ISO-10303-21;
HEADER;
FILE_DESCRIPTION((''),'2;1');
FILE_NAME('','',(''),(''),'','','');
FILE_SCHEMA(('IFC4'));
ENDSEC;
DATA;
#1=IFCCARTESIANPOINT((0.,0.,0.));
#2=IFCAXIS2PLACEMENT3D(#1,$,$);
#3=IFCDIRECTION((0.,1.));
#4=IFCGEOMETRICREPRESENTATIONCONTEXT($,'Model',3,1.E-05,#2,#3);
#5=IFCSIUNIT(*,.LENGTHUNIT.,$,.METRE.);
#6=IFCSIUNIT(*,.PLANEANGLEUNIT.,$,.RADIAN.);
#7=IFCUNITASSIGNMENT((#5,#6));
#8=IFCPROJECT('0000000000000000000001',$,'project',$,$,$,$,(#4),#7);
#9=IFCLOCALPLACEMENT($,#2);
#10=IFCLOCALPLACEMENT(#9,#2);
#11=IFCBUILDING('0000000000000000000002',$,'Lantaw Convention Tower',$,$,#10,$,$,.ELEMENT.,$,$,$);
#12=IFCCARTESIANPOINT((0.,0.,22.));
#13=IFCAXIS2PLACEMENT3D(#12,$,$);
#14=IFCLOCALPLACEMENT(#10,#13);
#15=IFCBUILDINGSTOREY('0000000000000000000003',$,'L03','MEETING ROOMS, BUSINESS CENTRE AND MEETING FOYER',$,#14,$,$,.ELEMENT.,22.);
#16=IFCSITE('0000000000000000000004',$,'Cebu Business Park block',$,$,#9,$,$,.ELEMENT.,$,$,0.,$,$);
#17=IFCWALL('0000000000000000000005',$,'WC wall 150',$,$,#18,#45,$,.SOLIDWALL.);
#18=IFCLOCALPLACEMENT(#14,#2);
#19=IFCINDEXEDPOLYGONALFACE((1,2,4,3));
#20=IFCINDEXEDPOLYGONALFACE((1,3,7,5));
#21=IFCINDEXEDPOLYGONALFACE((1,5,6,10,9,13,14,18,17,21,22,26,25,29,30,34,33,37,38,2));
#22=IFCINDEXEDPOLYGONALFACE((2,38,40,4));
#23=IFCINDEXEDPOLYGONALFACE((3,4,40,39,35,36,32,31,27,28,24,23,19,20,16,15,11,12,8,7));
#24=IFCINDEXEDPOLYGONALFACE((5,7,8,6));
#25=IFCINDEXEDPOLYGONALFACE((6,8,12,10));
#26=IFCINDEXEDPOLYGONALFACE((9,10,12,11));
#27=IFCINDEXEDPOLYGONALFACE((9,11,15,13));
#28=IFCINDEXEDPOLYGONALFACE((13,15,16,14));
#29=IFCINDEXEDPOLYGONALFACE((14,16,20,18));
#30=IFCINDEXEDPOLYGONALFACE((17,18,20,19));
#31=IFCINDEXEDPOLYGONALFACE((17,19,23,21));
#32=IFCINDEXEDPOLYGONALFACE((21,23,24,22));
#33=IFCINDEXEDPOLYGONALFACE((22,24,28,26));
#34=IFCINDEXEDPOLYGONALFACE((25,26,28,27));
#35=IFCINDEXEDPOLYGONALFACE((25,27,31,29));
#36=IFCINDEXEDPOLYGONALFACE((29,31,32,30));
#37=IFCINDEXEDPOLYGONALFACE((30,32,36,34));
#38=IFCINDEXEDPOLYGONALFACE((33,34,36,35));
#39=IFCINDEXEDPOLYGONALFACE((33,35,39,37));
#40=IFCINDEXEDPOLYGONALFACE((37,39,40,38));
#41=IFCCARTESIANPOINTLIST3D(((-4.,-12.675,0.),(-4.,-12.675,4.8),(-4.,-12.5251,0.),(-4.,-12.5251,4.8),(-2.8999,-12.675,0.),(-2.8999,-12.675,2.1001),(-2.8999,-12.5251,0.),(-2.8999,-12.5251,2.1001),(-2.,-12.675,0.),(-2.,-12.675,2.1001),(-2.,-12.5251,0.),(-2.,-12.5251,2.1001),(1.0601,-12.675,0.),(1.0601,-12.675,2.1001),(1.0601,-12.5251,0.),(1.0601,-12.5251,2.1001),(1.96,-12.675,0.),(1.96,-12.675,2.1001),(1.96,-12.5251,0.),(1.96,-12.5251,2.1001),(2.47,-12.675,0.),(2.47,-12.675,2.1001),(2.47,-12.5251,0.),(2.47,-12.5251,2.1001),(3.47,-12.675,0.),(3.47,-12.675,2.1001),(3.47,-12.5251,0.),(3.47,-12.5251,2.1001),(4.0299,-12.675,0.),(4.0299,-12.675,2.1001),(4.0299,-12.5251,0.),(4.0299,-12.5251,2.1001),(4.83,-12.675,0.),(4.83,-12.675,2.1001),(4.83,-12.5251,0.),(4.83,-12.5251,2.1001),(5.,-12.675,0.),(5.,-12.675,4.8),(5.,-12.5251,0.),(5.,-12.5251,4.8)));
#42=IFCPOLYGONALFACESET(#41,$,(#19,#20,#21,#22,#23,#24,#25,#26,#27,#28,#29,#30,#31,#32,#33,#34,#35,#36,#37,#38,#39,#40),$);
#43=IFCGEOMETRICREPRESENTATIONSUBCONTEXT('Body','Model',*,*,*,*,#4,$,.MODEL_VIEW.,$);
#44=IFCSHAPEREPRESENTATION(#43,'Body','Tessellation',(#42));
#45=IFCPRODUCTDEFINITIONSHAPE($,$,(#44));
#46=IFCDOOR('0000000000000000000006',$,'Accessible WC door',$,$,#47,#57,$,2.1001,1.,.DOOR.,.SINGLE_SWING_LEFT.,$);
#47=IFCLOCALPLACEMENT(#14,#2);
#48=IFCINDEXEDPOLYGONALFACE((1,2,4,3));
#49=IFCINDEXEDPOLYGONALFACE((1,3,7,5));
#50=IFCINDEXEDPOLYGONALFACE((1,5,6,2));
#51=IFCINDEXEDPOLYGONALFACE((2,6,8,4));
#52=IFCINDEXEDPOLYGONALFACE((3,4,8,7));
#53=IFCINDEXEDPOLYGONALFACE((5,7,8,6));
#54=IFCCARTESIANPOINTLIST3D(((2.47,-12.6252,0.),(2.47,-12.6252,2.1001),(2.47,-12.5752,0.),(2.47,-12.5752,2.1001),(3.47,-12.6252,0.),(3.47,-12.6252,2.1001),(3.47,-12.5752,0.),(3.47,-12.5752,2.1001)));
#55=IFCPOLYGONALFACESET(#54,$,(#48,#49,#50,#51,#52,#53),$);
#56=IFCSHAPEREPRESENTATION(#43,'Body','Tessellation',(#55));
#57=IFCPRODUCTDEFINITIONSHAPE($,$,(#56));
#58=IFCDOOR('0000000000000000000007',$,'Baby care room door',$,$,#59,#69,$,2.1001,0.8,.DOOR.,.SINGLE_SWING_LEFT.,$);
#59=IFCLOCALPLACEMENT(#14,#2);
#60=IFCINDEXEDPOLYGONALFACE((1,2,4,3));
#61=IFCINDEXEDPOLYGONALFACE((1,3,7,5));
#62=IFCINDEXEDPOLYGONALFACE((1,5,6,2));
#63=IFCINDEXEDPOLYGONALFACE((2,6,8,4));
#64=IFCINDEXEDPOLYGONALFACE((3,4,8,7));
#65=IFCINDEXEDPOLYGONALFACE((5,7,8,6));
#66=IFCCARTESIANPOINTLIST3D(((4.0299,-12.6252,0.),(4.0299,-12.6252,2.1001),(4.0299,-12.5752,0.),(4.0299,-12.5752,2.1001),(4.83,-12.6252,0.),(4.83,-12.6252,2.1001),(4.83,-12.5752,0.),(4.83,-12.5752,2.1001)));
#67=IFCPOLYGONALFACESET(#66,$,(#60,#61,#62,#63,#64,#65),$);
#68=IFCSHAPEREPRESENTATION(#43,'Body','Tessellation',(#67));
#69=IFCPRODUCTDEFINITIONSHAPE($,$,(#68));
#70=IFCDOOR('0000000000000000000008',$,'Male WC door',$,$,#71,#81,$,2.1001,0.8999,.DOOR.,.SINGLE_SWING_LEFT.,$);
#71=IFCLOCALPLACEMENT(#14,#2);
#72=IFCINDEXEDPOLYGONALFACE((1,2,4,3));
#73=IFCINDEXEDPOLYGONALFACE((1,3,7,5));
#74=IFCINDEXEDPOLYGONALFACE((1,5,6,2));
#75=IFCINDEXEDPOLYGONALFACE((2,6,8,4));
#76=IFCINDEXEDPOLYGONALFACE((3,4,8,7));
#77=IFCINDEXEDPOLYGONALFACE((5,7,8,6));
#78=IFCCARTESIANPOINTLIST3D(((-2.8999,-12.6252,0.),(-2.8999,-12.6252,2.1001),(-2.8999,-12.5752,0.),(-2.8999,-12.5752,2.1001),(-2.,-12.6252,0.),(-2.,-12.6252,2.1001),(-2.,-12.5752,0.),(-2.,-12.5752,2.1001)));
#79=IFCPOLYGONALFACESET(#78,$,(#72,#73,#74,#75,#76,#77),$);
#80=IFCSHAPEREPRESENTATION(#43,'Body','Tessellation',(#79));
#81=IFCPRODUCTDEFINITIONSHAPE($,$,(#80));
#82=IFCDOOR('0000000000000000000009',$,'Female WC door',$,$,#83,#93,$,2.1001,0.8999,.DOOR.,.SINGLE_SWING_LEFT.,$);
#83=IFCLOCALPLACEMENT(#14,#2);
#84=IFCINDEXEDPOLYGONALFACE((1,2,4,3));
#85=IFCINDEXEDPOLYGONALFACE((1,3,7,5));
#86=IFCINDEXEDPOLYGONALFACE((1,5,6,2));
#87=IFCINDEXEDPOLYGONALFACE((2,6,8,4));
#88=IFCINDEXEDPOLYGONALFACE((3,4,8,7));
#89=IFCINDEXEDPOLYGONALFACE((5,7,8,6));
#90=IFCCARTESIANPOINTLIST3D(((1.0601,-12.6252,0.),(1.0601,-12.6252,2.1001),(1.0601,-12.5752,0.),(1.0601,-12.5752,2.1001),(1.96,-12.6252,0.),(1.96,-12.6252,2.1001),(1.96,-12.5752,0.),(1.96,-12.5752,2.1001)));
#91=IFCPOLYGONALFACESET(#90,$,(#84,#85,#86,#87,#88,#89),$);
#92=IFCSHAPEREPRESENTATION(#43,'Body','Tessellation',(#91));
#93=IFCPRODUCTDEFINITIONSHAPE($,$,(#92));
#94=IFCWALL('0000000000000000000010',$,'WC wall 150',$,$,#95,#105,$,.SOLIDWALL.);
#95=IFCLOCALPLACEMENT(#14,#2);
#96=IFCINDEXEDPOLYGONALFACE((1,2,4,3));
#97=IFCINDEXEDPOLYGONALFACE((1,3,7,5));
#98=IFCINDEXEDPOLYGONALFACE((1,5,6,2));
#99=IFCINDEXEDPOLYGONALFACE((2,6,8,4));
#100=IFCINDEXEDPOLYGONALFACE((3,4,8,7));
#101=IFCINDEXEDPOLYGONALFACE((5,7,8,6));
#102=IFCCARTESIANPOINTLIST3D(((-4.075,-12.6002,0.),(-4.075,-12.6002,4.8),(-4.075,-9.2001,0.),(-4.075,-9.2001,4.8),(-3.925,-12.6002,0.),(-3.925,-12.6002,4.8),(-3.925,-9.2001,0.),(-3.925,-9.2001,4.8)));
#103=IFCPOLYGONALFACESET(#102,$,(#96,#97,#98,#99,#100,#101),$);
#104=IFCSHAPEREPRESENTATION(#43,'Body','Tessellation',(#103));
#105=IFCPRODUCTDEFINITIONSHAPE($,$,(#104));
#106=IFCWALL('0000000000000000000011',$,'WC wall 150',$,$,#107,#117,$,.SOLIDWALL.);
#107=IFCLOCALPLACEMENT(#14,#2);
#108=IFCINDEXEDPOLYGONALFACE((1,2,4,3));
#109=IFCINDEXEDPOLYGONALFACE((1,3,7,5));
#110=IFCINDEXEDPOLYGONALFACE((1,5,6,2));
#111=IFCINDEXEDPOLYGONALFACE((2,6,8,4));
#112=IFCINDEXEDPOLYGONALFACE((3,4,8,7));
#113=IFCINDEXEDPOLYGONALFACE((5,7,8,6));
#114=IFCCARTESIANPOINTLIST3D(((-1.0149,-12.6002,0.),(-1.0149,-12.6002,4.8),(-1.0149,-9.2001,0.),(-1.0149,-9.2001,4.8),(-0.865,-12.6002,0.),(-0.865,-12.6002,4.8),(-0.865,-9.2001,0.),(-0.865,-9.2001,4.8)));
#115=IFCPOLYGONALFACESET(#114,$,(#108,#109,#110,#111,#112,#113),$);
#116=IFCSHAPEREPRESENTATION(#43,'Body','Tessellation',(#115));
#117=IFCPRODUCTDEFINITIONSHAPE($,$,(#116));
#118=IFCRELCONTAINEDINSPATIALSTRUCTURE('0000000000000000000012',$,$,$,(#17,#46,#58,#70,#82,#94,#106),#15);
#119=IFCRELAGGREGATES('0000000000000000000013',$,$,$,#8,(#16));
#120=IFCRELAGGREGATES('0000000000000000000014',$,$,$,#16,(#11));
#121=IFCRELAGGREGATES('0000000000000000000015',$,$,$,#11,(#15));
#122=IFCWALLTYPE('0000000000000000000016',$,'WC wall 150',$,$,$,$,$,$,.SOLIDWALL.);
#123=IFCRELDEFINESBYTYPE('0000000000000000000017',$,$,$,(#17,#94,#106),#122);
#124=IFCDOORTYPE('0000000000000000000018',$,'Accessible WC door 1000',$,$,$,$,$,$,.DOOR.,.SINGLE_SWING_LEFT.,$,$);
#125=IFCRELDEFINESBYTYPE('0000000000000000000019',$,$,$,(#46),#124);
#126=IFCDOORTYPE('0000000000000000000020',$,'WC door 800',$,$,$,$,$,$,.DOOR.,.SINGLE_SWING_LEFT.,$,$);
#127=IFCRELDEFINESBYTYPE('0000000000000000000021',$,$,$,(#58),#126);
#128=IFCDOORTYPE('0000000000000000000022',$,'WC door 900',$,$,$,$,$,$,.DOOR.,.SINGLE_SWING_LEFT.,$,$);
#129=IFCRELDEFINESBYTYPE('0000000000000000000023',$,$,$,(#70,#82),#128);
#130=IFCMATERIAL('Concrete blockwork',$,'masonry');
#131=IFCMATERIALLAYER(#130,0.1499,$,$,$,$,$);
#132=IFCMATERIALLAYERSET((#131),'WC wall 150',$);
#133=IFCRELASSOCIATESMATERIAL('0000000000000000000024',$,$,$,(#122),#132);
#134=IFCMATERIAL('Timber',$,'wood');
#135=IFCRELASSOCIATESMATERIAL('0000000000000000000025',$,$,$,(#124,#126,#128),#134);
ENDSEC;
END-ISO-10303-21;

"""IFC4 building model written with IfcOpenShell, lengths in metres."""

from ifc_helpers import new_model, si_unit, direction, frame, frame_2d, origin, place, context, subcontext, project, spatial, rectangle, extrude, material, layer, layer_set, type_object, element, fill, save


model = new_model("IFC4")

# Units and contexts
model_context = context("Model", 3, precision=1e-05, world=origin(), true_north=direction((0.0, 1.0)))
body_context = subcontext(model_context, "Body", "Model", "MODEL_VIEW")
ifc_project = project(units=[si_unit("LENGTHUNIT", "METRE"), si_unit("PLANEANGLEUNIT", "RADIAN")], contexts=[model_context])

# Site, building, storey
site_placement = place(None, origin())
site = spatial("IfcSite", under=ifc_project, at=site_placement, Name="Cebu Business Park block", CompositionType="ELEMENT", RefElevation=0.0)
building_placement = place(site_placement, origin())
building = spatial("IfcBuilding", under=site, at=building_placement, Name="Lantaw Convention Tower", CompositionType="ELEMENT")
storey_placement = place(building_placement, frame((0.0, 0.0, 22.0)))
storey = spatial("IfcBuildingStorey", under=building, at=storey_placement, Name="L03", Description="MEETING ROOMS, BUSINESS CENTRE AND MEETING FOYER", CompositionType="ELEMENT", Elevation=22.0)

# Wall, openings, doors
ifc_material_1 = material(Name="Concrete blockwork", Category="masonry")
ifc_layer_1 = layer(ifc_material_1, 0.1499)
ifc_layer_set_1 = layer_set([ifc_layer_1], Name="WC wall 150")
wall_type_1 = type_object("IfcWallType", Name="WC wall 150", PredefinedType="SOLIDWALL", material=ifc_layer_set_1)
wall_1_placement = place(storey_placement, frame((-4.0, -12.6001, 0.0), z_axis=(0.0, 0.0, 1.0), x_axis=(1.0, 0.0, 0.0)))
wall_1 = element("IfcWall", 1, at=wall_1_placement, inside=storey, type_object=wall_type_1, Name="WC wall 150", PredefinedType="SOLIDWALL", context=body_context, shape_type="SweptSolid", body=[
    extrude(rectangle(XDim=9.0, YDim=0.1499, at=frame_2d((4.5, 0.0))), origin(), (0.0, 0.0, 1.0), 4.8),
])
opening_1_placement = place(wall_1_placement, frame((1.1001, 0.0, 0.0)))
opening_1 = element("IfcOpeningElement", 2, at=opening_1_placement, cuts=wall_1, PredefinedType="OPENING", context=body_context, shape_type="SweptSolid", body=[
    extrude(rectangle(XDim=0.8999, YDim=2.1001, at=frame_2d((0.45, 1.05))), frame((0.0, 0.085, 0.0), z_axis=(0.0, -1.0, 0.0), x_axis=(1.0, 0.0, 0.0)), (0.0, 0.0, 1.0), 0.1699),
])
opening_2_placement = place(wall_1_placement, frame((5.0601, 0.0, 0.0)))
opening_2 = element("IfcOpeningElement", 3, at=opening_2_placement, cuts=wall_1, PredefinedType="OPENING", context=body_context, shape_type="SweptSolid", body=[
    extrude(rectangle(XDim=0.8999, YDim=2.1001, at=frame_2d((0.45, 1.05))), frame((0.0, 0.085, 0.0), z_axis=(0.0, -1.0, 0.0), x_axis=(1.0, 0.0, 0.0)), (0.0, 0.0, 1.0), 0.1699),
])
opening_3_placement = place(wall_1_placement, frame((6.47, 0.0, 0.0)))
opening_3 = element("IfcOpeningElement", 4, at=opening_3_placement, cuts=wall_1, PredefinedType="OPENING", context=body_context, shape_type="SweptSolid", body=[
    extrude(rectangle(XDim=1.0, YDim=2.1001, at=frame_2d((0.5, 1.05))), frame((0.0, 0.085, 0.0), z_axis=(0.0, -1.0, 0.0), x_axis=(1.0, 0.0, 0.0)), (0.0, 0.0, 1.0), 0.1699),
])
opening_4_placement = place(wall_1_placement, frame((8.03, 0.0, 0.0)))
opening_4 = element("IfcOpeningElement", 5, at=opening_4_placement, cuts=wall_1, PredefinedType="OPENING", context=body_context, shape_type="SweptSolid", body=[
    extrude(rectangle(XDim=0.8, YDim=2.1001, at=frame_2d((0.3999, 1.05))), frame((0.0, 0.085, 0.0), z_axis=(0.0, -1.0, 0.0), x_axis=(1.0, 0.0, 0.0)), (0.0, 0.0, 1.0), 0.1699),
])
ifc_material_2 = material(Name="Timber", Category="wood")
door_type_1 = type_object("IfcDoorType", Name="Accessible WC door 1000", OperationType="SINGLE_SWING_LEFT", PredefinedType="DOOR", material=ifc_material_2)
door_1_placement = place(opening_3_placement, origin())
door_1 = element("IfcDoor", 6, at=door_1_placement, inside=storey, type_object=door_type_1, Name="Accessible WC door", OperationType="SINGLE_SWING_LEFT", OverallHeight=2.1001, OverallWidth=1.0, PredefinedType="DOOR", context=body_context, shape_type="SweptSolid", body=[
    extrude(rectangle(XDim=1.0, YDim=2.1001, at=frame_2d((0.5, 1.05))), frame((0.0, 0.0249, 0.0), z_axis=(0.0, -1.0, 0.0), x_axis=(1.0, 0.0, 0.0)), (0.0, 0.0, 1.0), 0.05),
])
fill(opening_3, door_1)
door_type_2 = type_object("IfcDoorType", Name="WC door 800", OperationType="SINGLE_SWING_LEFT", PredefinedType="DOOR", material=ifc_material_2)
door_2_placement = place(opening_4_placement, origin())
door_2 = element("IfcDoor", 7, at=door_2_placement, inside=storey, type_object=door_type_2, Name="Baby care room door", OperationType="SINGLE_SWING_LEFT", OverallHeight=2.1001, OverallWidth=0.8, PredefinedType="DOOR", context=body_context, shape_type="SweptSolid", body=[
    extrude(rectangle(XDim=0.8, YDim=2.1001, at=frame_2d((0.3999, 1.05))), frame((0.0, 0.0249, 0.0), z_axis=(0.0, -1.0, 0.0), x_axis=(1.0, 0.0, 0.0)), (0.0, 0.0, 1.0), 0.05),
])
fill(opening_4, door_2)
door_type_3 = type_object("IfcDoorType", Name="WC door 900", OperationType="SINGLE_SWING_LEFT", PredefinedType="DOOR", material=ifc_material_2)
door_3_placement = place(opening_1_placement, origin())
door_3 = element("IfcDoor", 8, at=door_3_placement, inside=storey, type_object=door_type_3, Name="Male WC door", OperationType="SINGLE_SWING_LEFT", OverallHeight=2.1001, OverallWidth=0.8999, PredefinedType="DOOR", context=body_context, shape_type="SweptSolid", body=[
    extrude(rectangle(XDim=0.8999, YDim=2.1001, at=frame_2d((0.45, 1.05))), frame((0.0, 0.0249, 0.0), z_axis=(0.0, -1.0, 0.0), x_axis=(1.0, 0.0, 0.0)), (0.0, 0.0, 1.0), 0.05),
])
fill(opening_1, door_3)
door_4_placement = place(opening_2_placement, origin())
door_4 = element("IfcDoor", 9, at=door_4_placement, inside=storey, type_object=door_type_3, Name="Female WC door", OperationType="SINGLE_SWING_LEFT", OverallHeight=2.1001, OverallWidth=0.8999, PredefinedType="DOOR", context=body_context, shape_type="SweptSolid", body=[
    extrude(rectangle(XDim=0.8999, YDim=2.1001, at=frame_2d((0.45, 1.05))), frame((0.0, 0.0249, 0.0), z_axis=(0.0, -1.0, 0.0), x_axis=(1.0, 0.0, 0.0)), (0.0, 0.0, 1.0), 0.05),
])
fill(opening_2, door_4)

# Walls
for number, where, z_axis, x_axis, name in (
    (10, (-4.0, -9.2, 0.0), (0.0, 0.0, 1.0), (0.0, -1.0, 0.0), "WC wall 150"),
    (11, (-0.9399, -9.2, 0.0), (0.0, 0.0, 1.0), (0.0, -1.0, 0.0), "WC wall 150"),
):
    element("IfcWall", number, at=place(storey_placement, frame(where, z_axis=z_axis, x_axis=x_axis)), inside=storey, type_object=wall_type_1, Name=name, PredefinedType="SOLIDWALL", context=body_context, shape_type="SweptSolid", body=[
        extrude(rectangle(XDim=3.4001, YDim=0.1499, at=frame_2d((1.7002, 0.0))), origin(), (0.0, 0.0, 1.0), 4.8),
    ])

save(model, "model.ifc")
